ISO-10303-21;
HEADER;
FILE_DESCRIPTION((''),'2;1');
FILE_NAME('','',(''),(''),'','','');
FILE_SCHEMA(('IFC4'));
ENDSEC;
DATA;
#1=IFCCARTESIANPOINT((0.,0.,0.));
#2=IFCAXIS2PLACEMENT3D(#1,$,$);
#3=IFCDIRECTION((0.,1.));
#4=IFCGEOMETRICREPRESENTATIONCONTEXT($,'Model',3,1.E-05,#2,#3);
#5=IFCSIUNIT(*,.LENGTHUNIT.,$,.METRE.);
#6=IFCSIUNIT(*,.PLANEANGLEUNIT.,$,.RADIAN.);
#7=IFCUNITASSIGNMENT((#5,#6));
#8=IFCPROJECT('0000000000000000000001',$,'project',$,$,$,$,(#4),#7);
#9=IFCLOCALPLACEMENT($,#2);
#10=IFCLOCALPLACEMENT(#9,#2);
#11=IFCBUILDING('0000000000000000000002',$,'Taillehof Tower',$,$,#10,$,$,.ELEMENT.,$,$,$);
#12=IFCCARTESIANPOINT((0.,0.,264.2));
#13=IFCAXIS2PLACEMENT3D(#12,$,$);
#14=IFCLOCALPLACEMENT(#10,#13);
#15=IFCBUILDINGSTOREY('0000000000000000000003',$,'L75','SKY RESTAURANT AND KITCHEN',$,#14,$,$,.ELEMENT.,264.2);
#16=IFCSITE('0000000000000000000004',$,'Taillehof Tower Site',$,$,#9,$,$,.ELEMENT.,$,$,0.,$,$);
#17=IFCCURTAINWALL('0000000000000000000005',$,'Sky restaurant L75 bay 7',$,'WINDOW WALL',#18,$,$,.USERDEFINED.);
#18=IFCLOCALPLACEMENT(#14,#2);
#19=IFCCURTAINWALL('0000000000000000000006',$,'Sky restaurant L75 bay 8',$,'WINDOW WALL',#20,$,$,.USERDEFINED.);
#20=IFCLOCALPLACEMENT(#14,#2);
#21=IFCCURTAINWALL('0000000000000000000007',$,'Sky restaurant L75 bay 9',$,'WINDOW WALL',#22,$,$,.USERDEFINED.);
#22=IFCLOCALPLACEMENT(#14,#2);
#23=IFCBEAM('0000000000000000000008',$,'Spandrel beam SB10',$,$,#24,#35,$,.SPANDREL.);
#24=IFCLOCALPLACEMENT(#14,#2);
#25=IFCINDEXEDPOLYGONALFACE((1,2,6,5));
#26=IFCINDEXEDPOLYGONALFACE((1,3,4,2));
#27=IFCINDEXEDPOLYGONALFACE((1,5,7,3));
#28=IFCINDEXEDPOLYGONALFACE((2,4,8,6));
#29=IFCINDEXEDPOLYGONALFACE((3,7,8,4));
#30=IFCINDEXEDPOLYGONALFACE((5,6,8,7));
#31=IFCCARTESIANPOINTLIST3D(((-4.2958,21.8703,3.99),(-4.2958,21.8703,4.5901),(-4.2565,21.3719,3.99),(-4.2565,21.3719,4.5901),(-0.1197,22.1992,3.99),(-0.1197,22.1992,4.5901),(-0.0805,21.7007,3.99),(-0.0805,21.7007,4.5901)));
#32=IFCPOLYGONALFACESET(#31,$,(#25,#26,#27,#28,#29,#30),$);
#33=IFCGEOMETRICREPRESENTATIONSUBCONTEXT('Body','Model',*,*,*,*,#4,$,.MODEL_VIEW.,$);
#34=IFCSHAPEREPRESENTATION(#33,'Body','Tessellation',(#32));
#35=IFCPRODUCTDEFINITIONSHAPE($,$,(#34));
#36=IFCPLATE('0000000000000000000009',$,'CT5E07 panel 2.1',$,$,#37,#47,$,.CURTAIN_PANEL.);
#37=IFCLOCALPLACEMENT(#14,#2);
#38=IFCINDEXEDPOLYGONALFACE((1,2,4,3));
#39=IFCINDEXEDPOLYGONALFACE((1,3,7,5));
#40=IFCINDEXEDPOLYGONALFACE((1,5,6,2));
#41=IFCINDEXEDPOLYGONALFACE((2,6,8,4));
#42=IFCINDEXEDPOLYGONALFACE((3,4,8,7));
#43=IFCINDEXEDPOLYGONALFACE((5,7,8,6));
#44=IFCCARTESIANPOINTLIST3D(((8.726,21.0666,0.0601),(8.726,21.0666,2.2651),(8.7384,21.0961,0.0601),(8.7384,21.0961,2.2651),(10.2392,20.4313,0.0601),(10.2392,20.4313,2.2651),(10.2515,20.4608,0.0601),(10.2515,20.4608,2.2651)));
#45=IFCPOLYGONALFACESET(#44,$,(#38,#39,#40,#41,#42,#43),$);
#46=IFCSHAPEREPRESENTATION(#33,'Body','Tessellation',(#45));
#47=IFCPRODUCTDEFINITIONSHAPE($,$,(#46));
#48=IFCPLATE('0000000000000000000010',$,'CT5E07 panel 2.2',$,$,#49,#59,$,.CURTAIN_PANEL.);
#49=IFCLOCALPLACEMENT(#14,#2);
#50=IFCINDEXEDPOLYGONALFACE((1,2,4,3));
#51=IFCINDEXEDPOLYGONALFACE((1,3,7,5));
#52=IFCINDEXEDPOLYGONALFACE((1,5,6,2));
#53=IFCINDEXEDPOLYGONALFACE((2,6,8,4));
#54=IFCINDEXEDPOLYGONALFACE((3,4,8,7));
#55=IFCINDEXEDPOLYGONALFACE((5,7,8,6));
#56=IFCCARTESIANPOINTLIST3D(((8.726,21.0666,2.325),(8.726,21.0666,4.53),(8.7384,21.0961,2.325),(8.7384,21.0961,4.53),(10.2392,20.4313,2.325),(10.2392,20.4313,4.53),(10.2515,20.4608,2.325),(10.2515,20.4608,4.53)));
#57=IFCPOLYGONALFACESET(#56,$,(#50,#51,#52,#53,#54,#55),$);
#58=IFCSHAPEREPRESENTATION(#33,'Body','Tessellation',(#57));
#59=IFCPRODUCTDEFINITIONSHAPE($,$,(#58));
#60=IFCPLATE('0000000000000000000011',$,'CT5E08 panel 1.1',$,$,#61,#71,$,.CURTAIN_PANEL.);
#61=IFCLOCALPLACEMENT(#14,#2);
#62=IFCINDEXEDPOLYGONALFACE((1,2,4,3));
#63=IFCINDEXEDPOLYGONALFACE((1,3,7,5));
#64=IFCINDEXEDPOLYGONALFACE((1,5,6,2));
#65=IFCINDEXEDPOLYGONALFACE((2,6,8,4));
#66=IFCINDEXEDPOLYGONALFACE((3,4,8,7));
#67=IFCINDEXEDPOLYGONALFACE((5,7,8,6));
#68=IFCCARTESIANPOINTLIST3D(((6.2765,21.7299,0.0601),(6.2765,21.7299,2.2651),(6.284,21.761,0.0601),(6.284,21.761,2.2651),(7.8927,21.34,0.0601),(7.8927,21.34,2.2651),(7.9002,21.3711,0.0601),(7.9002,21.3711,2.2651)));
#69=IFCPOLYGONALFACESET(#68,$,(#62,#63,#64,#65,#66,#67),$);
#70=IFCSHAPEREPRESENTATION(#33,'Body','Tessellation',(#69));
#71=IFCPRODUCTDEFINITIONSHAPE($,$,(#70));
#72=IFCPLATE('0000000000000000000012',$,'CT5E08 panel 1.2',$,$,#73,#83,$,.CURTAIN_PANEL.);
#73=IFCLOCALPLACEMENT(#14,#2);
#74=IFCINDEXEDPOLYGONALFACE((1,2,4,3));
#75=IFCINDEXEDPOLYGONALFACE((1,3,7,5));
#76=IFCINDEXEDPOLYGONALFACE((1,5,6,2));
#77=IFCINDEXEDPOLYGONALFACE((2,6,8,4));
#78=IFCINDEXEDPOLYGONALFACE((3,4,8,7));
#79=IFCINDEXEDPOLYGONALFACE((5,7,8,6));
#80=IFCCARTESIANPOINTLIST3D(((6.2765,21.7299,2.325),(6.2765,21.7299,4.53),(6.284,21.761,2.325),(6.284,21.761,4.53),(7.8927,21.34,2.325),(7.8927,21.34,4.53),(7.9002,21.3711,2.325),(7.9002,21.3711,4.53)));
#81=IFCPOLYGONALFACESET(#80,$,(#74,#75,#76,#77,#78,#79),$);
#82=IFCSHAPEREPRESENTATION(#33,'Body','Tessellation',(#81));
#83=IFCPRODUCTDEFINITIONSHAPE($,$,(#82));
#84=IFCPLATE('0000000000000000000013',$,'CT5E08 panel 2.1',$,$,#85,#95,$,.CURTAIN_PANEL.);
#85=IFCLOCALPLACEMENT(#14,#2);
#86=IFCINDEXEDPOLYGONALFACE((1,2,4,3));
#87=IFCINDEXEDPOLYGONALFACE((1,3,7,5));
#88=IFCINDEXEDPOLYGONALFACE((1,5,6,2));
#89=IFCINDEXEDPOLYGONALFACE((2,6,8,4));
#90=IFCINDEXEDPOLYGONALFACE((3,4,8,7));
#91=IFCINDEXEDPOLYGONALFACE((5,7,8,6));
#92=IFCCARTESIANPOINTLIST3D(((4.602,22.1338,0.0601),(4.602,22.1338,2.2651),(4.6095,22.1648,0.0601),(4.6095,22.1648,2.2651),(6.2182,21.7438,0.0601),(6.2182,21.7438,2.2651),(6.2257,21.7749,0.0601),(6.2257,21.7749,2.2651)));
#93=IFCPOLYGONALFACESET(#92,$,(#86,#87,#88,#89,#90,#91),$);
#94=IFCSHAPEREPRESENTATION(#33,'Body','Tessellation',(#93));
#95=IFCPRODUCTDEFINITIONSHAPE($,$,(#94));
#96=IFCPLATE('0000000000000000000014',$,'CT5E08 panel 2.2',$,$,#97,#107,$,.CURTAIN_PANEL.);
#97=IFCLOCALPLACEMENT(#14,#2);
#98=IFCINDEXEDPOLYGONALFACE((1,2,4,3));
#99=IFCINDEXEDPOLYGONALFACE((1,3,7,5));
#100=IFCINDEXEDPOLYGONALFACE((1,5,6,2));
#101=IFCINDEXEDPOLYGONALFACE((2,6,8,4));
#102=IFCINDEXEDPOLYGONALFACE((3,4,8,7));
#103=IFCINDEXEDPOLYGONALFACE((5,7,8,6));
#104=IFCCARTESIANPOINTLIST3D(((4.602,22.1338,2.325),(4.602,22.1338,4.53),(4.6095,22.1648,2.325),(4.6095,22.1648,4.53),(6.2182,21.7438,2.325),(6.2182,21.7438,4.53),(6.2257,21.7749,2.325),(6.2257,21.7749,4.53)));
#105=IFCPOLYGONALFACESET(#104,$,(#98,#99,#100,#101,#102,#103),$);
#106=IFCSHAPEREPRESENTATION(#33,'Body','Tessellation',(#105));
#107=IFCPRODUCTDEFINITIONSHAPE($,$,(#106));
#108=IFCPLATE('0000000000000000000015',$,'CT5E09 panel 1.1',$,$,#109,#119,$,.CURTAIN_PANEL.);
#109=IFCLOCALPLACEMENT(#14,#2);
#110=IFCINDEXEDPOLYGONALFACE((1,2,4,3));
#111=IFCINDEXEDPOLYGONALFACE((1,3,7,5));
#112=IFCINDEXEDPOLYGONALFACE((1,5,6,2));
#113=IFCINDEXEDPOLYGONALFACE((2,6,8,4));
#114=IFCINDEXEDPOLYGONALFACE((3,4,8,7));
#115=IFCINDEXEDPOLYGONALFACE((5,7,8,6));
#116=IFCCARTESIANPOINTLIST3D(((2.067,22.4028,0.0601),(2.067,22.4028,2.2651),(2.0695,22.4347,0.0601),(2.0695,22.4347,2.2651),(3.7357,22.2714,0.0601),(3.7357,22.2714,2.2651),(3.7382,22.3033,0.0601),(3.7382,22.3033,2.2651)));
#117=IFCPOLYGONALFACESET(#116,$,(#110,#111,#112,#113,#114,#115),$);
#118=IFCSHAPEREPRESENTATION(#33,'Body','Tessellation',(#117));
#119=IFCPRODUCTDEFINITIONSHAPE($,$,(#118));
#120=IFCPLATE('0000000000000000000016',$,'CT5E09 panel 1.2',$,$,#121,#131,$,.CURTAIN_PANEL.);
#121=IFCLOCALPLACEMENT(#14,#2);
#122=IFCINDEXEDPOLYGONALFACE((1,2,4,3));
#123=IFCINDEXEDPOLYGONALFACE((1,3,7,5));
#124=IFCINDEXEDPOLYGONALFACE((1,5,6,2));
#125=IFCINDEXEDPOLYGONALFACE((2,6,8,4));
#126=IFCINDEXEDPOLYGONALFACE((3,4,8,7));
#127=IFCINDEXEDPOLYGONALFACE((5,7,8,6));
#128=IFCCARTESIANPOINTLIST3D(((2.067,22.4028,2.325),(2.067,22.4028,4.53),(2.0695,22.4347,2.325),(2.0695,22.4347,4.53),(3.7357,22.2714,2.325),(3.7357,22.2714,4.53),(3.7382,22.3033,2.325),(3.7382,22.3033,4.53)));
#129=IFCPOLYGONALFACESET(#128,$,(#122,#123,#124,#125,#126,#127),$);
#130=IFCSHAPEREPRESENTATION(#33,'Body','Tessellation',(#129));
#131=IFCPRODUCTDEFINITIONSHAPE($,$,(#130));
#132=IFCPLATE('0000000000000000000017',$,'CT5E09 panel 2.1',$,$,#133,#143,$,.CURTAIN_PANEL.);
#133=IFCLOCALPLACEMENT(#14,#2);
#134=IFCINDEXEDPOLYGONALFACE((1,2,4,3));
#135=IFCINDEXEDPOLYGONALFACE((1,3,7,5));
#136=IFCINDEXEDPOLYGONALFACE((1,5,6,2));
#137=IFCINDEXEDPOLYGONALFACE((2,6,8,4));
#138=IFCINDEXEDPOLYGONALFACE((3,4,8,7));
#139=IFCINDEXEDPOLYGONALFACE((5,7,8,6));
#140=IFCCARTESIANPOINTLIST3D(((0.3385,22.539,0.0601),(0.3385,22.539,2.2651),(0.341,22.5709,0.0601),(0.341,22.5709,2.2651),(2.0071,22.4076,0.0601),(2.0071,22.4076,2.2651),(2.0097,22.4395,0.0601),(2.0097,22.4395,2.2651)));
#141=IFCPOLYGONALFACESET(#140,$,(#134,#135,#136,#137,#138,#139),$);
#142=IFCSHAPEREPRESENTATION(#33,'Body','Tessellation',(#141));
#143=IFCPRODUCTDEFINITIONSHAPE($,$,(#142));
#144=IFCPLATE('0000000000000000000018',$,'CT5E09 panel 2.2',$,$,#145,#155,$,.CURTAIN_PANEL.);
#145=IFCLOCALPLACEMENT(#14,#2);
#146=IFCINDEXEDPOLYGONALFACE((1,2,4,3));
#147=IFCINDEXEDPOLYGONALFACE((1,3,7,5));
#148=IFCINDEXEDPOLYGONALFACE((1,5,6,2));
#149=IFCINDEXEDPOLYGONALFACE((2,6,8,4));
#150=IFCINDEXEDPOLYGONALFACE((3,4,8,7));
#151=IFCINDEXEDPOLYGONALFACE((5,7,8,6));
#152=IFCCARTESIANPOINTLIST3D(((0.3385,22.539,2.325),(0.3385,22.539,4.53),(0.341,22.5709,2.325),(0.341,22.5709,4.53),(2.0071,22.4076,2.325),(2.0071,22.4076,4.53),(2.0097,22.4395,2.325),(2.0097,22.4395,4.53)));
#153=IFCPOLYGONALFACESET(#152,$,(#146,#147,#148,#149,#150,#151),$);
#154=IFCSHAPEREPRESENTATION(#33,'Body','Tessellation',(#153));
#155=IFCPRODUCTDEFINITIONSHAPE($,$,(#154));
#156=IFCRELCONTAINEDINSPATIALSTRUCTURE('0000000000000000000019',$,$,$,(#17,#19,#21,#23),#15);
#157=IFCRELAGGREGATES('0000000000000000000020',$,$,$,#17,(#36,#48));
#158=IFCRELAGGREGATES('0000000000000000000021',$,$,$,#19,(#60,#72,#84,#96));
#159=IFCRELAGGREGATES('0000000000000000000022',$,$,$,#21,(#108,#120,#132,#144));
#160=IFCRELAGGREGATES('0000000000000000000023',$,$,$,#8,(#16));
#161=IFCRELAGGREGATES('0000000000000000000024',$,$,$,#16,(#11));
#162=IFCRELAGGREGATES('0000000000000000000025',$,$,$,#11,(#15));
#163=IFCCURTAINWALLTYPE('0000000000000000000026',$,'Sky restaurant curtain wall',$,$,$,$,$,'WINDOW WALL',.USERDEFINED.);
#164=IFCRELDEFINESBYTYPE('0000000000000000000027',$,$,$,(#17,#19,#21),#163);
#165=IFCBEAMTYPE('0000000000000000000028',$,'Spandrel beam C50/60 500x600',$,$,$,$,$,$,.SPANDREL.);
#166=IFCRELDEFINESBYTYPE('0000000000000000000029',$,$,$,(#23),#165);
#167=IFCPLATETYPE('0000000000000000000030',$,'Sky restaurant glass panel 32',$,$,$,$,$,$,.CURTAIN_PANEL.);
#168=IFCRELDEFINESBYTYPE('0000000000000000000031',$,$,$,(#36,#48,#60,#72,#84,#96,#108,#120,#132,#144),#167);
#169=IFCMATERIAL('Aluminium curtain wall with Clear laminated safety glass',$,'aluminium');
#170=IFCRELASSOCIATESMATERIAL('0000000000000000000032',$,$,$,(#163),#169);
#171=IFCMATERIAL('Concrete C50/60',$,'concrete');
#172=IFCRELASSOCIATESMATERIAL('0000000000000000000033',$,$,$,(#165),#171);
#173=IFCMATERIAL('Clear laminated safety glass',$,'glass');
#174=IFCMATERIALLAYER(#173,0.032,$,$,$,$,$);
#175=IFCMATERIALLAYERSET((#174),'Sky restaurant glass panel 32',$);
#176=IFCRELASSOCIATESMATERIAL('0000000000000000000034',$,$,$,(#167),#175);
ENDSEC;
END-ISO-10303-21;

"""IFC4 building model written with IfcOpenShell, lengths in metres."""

from ifc_helpers import new_model, si_unit, direction, frame, origin, origin_2d, place, context, subcontext, project, spatial, rectangle, extrude, material, layer, layer_set, material_profile, profile_set, type_object, element, aggregate, save


model = new_model("IFC4")

# Units and contexts
model_context = context("Model", 3, precision=1e-05, world=origin(), true_north=direction((0.0, 1.0)))
body_context = subcontext(model_context, "Body", "Model", "MODEL_VIEW")
ifc_project = project(units=[si_unit("LENGTHUNIT", "METRE"), si_unit("PLANEANGLEUNIT", "RADIAN")], contexts=[model_context])

# Site, building, storey
site_placement = place(None, origin())
site = spatial("IfcSite", under=ifc_project, at=site_placement, Name="Taillehof Tower Site", CompositionType="ELEMENT", RefElevation=0.0)
building_placement = place(site_placement, origin())
building = spatial("IfcBuilding", under=site, at=building_placement, Name="Taillehof Tower", CompositionType="ELEMENT")
storey_placement = place(building_placement, frame((0.0, 0.0, 264.2)))
storey = spatial("IfcBuildingStorey", under=building, at=storey_placement, Name="L75", Description="SKY RESTAURANT AND KITCHEN", CompositionType="ELEMENT", Elevation=264.2)

# Curtain wall
ifc_material_1 = material(Name="Aluminium curtain wall with Clear laminated safety glass", Category="aluminium")
curtain_wall_type = type_object("IfcCurtainWallType", Name="Sky restaurant curtain wall", ElementType="WINDOW WALL", PredefinedType="USERDEFINED", material=ifc_material_1)
curtain_wall_1_placement = place(storey_placement, origin())
curtain_wall_1 = element("IfcCurtainWall", 1, at=curtain_wall_1_placement, inside=storey, type_object=curtain_wall_type, Name="Sky restaurant L75 bay 7", ObjectType="WINDOW WALL", PredefinedType="USERDEFINED")

# Curtain walls
curtain_wall_2_placement = place(storey_placement, origin())
curtain_wall_2 = element("IfcCurtainWall", 2, at=curtain_wall_2_placement, inside=storey, type_object=curtain_wall_type, Name="Sky restaurant L75 bay 8", ObjectType="WINDOW WALL", PredefinedType="USERDEFINED")
curtain_wall_3_placement = place(storey_placement, origin())
curtain_wall_3 = element("IfcCurtainWall", 3, at=curtain_wall_3_placement, inside=storey, type_object=curtain_wall_type, Name="Sky restaurant L75 bay 9", ObjectType="WINDOW WALL", PredefinedType="USERDEFINED")

# Beam
ifc_material_2 = material(Name="Concrete C50/60", Category="concrete")
ifc_material_profile_1 = material_profile(ifc_material_2, rectangle(XDim=0.5, YDim=0.6001, at=origin_2d()), Name="RC 500x600")
ifc_profile_set_1 = profile_set([ifc_material_profile_1], Name="Concrete C50/60")
beam_type_1 = type_object("IfcBeamType", Name="Spandrel beam C50/60 500x600", PredefinedType="SPANDREL", material=ifc_profile_set_1)
beam_1_placement = place(storey_placement, frame((-0.1001, 21.95, 4.29), z_axis=(-0.996914, -0.078506, 0.0), x_axis=(0.078506, -0.996914, 0.0)))
element("IfcBeam", 4, at=beam_1_placement, inside=storey, type_object=beam_type_1, Name="Spandrel beam SB10", PredefinedType="SPANDREL", context=body_context, shape_type="SweptSolid", body=[
    extrude(rectangle(XDim=0.5, YDim=0.6001, at=origin_2d()), origin(), (0.0, 0.0, 1.0), 4.189),
])

# Plates
ifc_material_3 = material(Name="Clear laminated safety glass", Category="glass")
ifc_layer = layer(ifc_material_3, 0.032)
ifc_layer_set = layer_set([ifc_layer], Name="Sky restaurant glass panel 32")
plate_type = type_object("IfcPlateType", Name="Sky restaurant glass panel 32", PredefinedType="CURTAIN_PANEL", material=ifc_layer_set)
plate_1_placement = place(storey_placement, frame((9.4888, 20.7637, 0.0601), z_axis=(0.0, 0.0, 1.0), x_axis=(-0.922037, 0.387101, 0.0)))
plate_1 = element("IfcPlate", 5, at=plate_1_placement, type_object=plate_type, Name="CT5E07 panel 2.1", PredefinedType="CURTAIN_PANEL", context=body_context, shape_type="SweptSolid", body=[
    extrude(rectangle(XDim=1.6411, YDim=0.032, at=origin_2d()), origin(), (0.0, 0.0, 1.0), 2.2051),
])
plate_2_placement = place(storey_placement, frame((9.4888, 20.7637, 2.325), z_axis=(0.0, 0.0, 1.0), x_axis=(-0.922037, 0.387101, 0.0)))
plate_2 = element("IfcPlate", 6, at=plate_2_placement, type_object=plate_type, Name="CT5E07 panel 2.2", PredefinedType="CURTAIN_PANEL", context=body_context, shape_type="SweptSolid", body=[
    extrude(rectangle(XDim=1.6411, YDim=0.032, at=origin_2d()), origin(), (0.0, 0.0, 1.0), 2.2051),
])
aggregate(curtain_wall_1, [plate_1, plate_2])
plate_3_placement = place(storey_placement, frame((7.0884, 21.5505, 0.0601), z_axis=(0.0, 0.0, 1.0), x_axis=(-0.972113, 0.234515, 0.0)))
plate_3 = element("IfcPlate", 7, at=plate_3_placement, type_object=plate_type, Name="CT5E08 panel 1.1", PredefinedType="CURTAIN_PANEL", context=body_context, shape_type="SweptSolid", body=[
    extrude(rectangle(XDim=1.6626, YDim=0.032, at=origin_2d()), origin(), (0.0, 0.0, 1.0), 2.2051),
])
plate_4_placement = place(storey_placement, frame((7.0884, 21.5505, 2.325), z_axis=(0.0, 0.0, 1.0), x_axis=(-0.972113, 0.234515, 0.0)))
plate_4 = element("IfcPlate", 8, at=plate_4_placement, type_object=plate_type, Name="CT5E08 panel 1.2", PredefinedType="CURTAIN_PANEL", context=body_context, shape_type="SweptSolid", body=[
    extrude(rectangle(XDim=1.6626, YDim=0.032, at=origin_2d()), origin(), (0.0, 0.0, 1.0), 2.2051),
])
plate_5_placement = place(storey_placement, frame((5.4138, 21.9543, 0.0601), z_axis=(0.0, 0.0, 1.0), x_axis=(-0.972113, 0.234515, 0.0)))
plate_5 = element("IfcPlate", 9, at=plate_5_placement, type_object=plate_type, Name="CT5E08 panel 2.1", PredefinedType="CURTAIN_PANEL", context=body_context, shape_type="SweptSolid", body=[
    extrude(rectangle(XDim=1.6626, YDim=0.032, at=origin_2d()), origin(), (0.0, 0.0, 1.0), 2.2051),
])
plate_6_placement = place(storey_placement, frame((5.4138, 21.9543, 2.325), z_axis=(0.0, 0.0, 1.0), x_axis=(-0.972113, 0.234515, 0.0)))
plate_6 = element("IfcPlate", 10, at=plate_6_placement, type_object=plate_type, Name="CT5E08 panel 2.2", PredefinedType="CURTAIN_PANEL", context=body_context, shape_type="SweptSolid", body=[
    extrude(rectangle(XDim=1.6626, YDim=0.032, at=origin_2d()), origin(), (0.0, 0.0, 1.0), 2.2051),
])
aggregate(curtain_wall_2, [plate_3, plate_4, plate_5, plate_6])
plate_7_placement = place(storey_placement, frame((2.9026, 22.353, 0.0601), z_axis=(0.0, 0.0, 1.0), x_axis=(-0.996912, 0.078525, 0.0)))
plate_7 = element("IfcPlate", 11, at=plate_7_placement, type_object=plate_type, Name="CT5E09 panel 1.1", PredefinedType="CURTAIN_PANEL", context=body_context, shape_type="SweptSolid", body=[
    extrude(rectangle(XDim=1.6738, YDim=0.032, at=origin_2d()), origin(), (0.0, 0.0, 1.0), 2.2051),
])
plate_8_placement = place(storey_placement, frame((2.9026, 22.353, 2.325), z_axis=(0.0, 0.0, 1.0), x_axis=(-0.996912, 0.078525, 0.0)))
plate_8 = element("IfcPlate", 12, at=plate_8_placement, type_object=plate_type, Name="CT5E09 panel 1.2", PredefinedType="CURTAIN_PANEL", context=body_context, shape_type="SweptSolid", body=[
    extrude(rectangle(XDim=1.6738, YDim=0.032, at=origin_2d()), origin(), (0.0, 0.0, 1.0), 2.2051),
])
plate_9_placement = place(storey_placement, frame((1.1741, 22.4893, 0.0601), z_axis=(0.0, 0.0, 1.0), x_axis=(-0.996912, 0.078525, 0.0)))
plate_9 = element("IfcPlate", 13, at=plate_9_placement, type_object=plate_type, Name="CT5E09 panel 2.1", PredefinedType="CURTAIN_PANEL", context=body_context, shape_type="SweptSolid", body=[
    extrude(rectangle(XDim=1.6738, YDim=0.032, at=origin_2d()), origin(), (0.0, 0.0, 1.0), 2.2051),
])
plate_10_placement = place(storey_placement, frame((1.1741, 22.4893, 2.325), z_axis=(0.0, 0.0, 1.0), x_axis=(-0.996912, 0.078525, 0.0)))
plate_10 = element("IfcPlate", 14, at=plate_10_placement, type_object=plate_type, Name="CT5E09 panel 2.2", PredefinedType="CURTAIN_PANEL", context=body_context, shape_type="SweptSolid", body=[
    extrude(rectangle(XDim=1.6738, YDim=0.032, at=origin_2d()), origin(), (0.0, 0.0, 1.0), 2.2051),
])
aggregate(curtain_wall_3, [plate_7, plate_8, plate_9, plate_10])

save(model, "model.ifc")
